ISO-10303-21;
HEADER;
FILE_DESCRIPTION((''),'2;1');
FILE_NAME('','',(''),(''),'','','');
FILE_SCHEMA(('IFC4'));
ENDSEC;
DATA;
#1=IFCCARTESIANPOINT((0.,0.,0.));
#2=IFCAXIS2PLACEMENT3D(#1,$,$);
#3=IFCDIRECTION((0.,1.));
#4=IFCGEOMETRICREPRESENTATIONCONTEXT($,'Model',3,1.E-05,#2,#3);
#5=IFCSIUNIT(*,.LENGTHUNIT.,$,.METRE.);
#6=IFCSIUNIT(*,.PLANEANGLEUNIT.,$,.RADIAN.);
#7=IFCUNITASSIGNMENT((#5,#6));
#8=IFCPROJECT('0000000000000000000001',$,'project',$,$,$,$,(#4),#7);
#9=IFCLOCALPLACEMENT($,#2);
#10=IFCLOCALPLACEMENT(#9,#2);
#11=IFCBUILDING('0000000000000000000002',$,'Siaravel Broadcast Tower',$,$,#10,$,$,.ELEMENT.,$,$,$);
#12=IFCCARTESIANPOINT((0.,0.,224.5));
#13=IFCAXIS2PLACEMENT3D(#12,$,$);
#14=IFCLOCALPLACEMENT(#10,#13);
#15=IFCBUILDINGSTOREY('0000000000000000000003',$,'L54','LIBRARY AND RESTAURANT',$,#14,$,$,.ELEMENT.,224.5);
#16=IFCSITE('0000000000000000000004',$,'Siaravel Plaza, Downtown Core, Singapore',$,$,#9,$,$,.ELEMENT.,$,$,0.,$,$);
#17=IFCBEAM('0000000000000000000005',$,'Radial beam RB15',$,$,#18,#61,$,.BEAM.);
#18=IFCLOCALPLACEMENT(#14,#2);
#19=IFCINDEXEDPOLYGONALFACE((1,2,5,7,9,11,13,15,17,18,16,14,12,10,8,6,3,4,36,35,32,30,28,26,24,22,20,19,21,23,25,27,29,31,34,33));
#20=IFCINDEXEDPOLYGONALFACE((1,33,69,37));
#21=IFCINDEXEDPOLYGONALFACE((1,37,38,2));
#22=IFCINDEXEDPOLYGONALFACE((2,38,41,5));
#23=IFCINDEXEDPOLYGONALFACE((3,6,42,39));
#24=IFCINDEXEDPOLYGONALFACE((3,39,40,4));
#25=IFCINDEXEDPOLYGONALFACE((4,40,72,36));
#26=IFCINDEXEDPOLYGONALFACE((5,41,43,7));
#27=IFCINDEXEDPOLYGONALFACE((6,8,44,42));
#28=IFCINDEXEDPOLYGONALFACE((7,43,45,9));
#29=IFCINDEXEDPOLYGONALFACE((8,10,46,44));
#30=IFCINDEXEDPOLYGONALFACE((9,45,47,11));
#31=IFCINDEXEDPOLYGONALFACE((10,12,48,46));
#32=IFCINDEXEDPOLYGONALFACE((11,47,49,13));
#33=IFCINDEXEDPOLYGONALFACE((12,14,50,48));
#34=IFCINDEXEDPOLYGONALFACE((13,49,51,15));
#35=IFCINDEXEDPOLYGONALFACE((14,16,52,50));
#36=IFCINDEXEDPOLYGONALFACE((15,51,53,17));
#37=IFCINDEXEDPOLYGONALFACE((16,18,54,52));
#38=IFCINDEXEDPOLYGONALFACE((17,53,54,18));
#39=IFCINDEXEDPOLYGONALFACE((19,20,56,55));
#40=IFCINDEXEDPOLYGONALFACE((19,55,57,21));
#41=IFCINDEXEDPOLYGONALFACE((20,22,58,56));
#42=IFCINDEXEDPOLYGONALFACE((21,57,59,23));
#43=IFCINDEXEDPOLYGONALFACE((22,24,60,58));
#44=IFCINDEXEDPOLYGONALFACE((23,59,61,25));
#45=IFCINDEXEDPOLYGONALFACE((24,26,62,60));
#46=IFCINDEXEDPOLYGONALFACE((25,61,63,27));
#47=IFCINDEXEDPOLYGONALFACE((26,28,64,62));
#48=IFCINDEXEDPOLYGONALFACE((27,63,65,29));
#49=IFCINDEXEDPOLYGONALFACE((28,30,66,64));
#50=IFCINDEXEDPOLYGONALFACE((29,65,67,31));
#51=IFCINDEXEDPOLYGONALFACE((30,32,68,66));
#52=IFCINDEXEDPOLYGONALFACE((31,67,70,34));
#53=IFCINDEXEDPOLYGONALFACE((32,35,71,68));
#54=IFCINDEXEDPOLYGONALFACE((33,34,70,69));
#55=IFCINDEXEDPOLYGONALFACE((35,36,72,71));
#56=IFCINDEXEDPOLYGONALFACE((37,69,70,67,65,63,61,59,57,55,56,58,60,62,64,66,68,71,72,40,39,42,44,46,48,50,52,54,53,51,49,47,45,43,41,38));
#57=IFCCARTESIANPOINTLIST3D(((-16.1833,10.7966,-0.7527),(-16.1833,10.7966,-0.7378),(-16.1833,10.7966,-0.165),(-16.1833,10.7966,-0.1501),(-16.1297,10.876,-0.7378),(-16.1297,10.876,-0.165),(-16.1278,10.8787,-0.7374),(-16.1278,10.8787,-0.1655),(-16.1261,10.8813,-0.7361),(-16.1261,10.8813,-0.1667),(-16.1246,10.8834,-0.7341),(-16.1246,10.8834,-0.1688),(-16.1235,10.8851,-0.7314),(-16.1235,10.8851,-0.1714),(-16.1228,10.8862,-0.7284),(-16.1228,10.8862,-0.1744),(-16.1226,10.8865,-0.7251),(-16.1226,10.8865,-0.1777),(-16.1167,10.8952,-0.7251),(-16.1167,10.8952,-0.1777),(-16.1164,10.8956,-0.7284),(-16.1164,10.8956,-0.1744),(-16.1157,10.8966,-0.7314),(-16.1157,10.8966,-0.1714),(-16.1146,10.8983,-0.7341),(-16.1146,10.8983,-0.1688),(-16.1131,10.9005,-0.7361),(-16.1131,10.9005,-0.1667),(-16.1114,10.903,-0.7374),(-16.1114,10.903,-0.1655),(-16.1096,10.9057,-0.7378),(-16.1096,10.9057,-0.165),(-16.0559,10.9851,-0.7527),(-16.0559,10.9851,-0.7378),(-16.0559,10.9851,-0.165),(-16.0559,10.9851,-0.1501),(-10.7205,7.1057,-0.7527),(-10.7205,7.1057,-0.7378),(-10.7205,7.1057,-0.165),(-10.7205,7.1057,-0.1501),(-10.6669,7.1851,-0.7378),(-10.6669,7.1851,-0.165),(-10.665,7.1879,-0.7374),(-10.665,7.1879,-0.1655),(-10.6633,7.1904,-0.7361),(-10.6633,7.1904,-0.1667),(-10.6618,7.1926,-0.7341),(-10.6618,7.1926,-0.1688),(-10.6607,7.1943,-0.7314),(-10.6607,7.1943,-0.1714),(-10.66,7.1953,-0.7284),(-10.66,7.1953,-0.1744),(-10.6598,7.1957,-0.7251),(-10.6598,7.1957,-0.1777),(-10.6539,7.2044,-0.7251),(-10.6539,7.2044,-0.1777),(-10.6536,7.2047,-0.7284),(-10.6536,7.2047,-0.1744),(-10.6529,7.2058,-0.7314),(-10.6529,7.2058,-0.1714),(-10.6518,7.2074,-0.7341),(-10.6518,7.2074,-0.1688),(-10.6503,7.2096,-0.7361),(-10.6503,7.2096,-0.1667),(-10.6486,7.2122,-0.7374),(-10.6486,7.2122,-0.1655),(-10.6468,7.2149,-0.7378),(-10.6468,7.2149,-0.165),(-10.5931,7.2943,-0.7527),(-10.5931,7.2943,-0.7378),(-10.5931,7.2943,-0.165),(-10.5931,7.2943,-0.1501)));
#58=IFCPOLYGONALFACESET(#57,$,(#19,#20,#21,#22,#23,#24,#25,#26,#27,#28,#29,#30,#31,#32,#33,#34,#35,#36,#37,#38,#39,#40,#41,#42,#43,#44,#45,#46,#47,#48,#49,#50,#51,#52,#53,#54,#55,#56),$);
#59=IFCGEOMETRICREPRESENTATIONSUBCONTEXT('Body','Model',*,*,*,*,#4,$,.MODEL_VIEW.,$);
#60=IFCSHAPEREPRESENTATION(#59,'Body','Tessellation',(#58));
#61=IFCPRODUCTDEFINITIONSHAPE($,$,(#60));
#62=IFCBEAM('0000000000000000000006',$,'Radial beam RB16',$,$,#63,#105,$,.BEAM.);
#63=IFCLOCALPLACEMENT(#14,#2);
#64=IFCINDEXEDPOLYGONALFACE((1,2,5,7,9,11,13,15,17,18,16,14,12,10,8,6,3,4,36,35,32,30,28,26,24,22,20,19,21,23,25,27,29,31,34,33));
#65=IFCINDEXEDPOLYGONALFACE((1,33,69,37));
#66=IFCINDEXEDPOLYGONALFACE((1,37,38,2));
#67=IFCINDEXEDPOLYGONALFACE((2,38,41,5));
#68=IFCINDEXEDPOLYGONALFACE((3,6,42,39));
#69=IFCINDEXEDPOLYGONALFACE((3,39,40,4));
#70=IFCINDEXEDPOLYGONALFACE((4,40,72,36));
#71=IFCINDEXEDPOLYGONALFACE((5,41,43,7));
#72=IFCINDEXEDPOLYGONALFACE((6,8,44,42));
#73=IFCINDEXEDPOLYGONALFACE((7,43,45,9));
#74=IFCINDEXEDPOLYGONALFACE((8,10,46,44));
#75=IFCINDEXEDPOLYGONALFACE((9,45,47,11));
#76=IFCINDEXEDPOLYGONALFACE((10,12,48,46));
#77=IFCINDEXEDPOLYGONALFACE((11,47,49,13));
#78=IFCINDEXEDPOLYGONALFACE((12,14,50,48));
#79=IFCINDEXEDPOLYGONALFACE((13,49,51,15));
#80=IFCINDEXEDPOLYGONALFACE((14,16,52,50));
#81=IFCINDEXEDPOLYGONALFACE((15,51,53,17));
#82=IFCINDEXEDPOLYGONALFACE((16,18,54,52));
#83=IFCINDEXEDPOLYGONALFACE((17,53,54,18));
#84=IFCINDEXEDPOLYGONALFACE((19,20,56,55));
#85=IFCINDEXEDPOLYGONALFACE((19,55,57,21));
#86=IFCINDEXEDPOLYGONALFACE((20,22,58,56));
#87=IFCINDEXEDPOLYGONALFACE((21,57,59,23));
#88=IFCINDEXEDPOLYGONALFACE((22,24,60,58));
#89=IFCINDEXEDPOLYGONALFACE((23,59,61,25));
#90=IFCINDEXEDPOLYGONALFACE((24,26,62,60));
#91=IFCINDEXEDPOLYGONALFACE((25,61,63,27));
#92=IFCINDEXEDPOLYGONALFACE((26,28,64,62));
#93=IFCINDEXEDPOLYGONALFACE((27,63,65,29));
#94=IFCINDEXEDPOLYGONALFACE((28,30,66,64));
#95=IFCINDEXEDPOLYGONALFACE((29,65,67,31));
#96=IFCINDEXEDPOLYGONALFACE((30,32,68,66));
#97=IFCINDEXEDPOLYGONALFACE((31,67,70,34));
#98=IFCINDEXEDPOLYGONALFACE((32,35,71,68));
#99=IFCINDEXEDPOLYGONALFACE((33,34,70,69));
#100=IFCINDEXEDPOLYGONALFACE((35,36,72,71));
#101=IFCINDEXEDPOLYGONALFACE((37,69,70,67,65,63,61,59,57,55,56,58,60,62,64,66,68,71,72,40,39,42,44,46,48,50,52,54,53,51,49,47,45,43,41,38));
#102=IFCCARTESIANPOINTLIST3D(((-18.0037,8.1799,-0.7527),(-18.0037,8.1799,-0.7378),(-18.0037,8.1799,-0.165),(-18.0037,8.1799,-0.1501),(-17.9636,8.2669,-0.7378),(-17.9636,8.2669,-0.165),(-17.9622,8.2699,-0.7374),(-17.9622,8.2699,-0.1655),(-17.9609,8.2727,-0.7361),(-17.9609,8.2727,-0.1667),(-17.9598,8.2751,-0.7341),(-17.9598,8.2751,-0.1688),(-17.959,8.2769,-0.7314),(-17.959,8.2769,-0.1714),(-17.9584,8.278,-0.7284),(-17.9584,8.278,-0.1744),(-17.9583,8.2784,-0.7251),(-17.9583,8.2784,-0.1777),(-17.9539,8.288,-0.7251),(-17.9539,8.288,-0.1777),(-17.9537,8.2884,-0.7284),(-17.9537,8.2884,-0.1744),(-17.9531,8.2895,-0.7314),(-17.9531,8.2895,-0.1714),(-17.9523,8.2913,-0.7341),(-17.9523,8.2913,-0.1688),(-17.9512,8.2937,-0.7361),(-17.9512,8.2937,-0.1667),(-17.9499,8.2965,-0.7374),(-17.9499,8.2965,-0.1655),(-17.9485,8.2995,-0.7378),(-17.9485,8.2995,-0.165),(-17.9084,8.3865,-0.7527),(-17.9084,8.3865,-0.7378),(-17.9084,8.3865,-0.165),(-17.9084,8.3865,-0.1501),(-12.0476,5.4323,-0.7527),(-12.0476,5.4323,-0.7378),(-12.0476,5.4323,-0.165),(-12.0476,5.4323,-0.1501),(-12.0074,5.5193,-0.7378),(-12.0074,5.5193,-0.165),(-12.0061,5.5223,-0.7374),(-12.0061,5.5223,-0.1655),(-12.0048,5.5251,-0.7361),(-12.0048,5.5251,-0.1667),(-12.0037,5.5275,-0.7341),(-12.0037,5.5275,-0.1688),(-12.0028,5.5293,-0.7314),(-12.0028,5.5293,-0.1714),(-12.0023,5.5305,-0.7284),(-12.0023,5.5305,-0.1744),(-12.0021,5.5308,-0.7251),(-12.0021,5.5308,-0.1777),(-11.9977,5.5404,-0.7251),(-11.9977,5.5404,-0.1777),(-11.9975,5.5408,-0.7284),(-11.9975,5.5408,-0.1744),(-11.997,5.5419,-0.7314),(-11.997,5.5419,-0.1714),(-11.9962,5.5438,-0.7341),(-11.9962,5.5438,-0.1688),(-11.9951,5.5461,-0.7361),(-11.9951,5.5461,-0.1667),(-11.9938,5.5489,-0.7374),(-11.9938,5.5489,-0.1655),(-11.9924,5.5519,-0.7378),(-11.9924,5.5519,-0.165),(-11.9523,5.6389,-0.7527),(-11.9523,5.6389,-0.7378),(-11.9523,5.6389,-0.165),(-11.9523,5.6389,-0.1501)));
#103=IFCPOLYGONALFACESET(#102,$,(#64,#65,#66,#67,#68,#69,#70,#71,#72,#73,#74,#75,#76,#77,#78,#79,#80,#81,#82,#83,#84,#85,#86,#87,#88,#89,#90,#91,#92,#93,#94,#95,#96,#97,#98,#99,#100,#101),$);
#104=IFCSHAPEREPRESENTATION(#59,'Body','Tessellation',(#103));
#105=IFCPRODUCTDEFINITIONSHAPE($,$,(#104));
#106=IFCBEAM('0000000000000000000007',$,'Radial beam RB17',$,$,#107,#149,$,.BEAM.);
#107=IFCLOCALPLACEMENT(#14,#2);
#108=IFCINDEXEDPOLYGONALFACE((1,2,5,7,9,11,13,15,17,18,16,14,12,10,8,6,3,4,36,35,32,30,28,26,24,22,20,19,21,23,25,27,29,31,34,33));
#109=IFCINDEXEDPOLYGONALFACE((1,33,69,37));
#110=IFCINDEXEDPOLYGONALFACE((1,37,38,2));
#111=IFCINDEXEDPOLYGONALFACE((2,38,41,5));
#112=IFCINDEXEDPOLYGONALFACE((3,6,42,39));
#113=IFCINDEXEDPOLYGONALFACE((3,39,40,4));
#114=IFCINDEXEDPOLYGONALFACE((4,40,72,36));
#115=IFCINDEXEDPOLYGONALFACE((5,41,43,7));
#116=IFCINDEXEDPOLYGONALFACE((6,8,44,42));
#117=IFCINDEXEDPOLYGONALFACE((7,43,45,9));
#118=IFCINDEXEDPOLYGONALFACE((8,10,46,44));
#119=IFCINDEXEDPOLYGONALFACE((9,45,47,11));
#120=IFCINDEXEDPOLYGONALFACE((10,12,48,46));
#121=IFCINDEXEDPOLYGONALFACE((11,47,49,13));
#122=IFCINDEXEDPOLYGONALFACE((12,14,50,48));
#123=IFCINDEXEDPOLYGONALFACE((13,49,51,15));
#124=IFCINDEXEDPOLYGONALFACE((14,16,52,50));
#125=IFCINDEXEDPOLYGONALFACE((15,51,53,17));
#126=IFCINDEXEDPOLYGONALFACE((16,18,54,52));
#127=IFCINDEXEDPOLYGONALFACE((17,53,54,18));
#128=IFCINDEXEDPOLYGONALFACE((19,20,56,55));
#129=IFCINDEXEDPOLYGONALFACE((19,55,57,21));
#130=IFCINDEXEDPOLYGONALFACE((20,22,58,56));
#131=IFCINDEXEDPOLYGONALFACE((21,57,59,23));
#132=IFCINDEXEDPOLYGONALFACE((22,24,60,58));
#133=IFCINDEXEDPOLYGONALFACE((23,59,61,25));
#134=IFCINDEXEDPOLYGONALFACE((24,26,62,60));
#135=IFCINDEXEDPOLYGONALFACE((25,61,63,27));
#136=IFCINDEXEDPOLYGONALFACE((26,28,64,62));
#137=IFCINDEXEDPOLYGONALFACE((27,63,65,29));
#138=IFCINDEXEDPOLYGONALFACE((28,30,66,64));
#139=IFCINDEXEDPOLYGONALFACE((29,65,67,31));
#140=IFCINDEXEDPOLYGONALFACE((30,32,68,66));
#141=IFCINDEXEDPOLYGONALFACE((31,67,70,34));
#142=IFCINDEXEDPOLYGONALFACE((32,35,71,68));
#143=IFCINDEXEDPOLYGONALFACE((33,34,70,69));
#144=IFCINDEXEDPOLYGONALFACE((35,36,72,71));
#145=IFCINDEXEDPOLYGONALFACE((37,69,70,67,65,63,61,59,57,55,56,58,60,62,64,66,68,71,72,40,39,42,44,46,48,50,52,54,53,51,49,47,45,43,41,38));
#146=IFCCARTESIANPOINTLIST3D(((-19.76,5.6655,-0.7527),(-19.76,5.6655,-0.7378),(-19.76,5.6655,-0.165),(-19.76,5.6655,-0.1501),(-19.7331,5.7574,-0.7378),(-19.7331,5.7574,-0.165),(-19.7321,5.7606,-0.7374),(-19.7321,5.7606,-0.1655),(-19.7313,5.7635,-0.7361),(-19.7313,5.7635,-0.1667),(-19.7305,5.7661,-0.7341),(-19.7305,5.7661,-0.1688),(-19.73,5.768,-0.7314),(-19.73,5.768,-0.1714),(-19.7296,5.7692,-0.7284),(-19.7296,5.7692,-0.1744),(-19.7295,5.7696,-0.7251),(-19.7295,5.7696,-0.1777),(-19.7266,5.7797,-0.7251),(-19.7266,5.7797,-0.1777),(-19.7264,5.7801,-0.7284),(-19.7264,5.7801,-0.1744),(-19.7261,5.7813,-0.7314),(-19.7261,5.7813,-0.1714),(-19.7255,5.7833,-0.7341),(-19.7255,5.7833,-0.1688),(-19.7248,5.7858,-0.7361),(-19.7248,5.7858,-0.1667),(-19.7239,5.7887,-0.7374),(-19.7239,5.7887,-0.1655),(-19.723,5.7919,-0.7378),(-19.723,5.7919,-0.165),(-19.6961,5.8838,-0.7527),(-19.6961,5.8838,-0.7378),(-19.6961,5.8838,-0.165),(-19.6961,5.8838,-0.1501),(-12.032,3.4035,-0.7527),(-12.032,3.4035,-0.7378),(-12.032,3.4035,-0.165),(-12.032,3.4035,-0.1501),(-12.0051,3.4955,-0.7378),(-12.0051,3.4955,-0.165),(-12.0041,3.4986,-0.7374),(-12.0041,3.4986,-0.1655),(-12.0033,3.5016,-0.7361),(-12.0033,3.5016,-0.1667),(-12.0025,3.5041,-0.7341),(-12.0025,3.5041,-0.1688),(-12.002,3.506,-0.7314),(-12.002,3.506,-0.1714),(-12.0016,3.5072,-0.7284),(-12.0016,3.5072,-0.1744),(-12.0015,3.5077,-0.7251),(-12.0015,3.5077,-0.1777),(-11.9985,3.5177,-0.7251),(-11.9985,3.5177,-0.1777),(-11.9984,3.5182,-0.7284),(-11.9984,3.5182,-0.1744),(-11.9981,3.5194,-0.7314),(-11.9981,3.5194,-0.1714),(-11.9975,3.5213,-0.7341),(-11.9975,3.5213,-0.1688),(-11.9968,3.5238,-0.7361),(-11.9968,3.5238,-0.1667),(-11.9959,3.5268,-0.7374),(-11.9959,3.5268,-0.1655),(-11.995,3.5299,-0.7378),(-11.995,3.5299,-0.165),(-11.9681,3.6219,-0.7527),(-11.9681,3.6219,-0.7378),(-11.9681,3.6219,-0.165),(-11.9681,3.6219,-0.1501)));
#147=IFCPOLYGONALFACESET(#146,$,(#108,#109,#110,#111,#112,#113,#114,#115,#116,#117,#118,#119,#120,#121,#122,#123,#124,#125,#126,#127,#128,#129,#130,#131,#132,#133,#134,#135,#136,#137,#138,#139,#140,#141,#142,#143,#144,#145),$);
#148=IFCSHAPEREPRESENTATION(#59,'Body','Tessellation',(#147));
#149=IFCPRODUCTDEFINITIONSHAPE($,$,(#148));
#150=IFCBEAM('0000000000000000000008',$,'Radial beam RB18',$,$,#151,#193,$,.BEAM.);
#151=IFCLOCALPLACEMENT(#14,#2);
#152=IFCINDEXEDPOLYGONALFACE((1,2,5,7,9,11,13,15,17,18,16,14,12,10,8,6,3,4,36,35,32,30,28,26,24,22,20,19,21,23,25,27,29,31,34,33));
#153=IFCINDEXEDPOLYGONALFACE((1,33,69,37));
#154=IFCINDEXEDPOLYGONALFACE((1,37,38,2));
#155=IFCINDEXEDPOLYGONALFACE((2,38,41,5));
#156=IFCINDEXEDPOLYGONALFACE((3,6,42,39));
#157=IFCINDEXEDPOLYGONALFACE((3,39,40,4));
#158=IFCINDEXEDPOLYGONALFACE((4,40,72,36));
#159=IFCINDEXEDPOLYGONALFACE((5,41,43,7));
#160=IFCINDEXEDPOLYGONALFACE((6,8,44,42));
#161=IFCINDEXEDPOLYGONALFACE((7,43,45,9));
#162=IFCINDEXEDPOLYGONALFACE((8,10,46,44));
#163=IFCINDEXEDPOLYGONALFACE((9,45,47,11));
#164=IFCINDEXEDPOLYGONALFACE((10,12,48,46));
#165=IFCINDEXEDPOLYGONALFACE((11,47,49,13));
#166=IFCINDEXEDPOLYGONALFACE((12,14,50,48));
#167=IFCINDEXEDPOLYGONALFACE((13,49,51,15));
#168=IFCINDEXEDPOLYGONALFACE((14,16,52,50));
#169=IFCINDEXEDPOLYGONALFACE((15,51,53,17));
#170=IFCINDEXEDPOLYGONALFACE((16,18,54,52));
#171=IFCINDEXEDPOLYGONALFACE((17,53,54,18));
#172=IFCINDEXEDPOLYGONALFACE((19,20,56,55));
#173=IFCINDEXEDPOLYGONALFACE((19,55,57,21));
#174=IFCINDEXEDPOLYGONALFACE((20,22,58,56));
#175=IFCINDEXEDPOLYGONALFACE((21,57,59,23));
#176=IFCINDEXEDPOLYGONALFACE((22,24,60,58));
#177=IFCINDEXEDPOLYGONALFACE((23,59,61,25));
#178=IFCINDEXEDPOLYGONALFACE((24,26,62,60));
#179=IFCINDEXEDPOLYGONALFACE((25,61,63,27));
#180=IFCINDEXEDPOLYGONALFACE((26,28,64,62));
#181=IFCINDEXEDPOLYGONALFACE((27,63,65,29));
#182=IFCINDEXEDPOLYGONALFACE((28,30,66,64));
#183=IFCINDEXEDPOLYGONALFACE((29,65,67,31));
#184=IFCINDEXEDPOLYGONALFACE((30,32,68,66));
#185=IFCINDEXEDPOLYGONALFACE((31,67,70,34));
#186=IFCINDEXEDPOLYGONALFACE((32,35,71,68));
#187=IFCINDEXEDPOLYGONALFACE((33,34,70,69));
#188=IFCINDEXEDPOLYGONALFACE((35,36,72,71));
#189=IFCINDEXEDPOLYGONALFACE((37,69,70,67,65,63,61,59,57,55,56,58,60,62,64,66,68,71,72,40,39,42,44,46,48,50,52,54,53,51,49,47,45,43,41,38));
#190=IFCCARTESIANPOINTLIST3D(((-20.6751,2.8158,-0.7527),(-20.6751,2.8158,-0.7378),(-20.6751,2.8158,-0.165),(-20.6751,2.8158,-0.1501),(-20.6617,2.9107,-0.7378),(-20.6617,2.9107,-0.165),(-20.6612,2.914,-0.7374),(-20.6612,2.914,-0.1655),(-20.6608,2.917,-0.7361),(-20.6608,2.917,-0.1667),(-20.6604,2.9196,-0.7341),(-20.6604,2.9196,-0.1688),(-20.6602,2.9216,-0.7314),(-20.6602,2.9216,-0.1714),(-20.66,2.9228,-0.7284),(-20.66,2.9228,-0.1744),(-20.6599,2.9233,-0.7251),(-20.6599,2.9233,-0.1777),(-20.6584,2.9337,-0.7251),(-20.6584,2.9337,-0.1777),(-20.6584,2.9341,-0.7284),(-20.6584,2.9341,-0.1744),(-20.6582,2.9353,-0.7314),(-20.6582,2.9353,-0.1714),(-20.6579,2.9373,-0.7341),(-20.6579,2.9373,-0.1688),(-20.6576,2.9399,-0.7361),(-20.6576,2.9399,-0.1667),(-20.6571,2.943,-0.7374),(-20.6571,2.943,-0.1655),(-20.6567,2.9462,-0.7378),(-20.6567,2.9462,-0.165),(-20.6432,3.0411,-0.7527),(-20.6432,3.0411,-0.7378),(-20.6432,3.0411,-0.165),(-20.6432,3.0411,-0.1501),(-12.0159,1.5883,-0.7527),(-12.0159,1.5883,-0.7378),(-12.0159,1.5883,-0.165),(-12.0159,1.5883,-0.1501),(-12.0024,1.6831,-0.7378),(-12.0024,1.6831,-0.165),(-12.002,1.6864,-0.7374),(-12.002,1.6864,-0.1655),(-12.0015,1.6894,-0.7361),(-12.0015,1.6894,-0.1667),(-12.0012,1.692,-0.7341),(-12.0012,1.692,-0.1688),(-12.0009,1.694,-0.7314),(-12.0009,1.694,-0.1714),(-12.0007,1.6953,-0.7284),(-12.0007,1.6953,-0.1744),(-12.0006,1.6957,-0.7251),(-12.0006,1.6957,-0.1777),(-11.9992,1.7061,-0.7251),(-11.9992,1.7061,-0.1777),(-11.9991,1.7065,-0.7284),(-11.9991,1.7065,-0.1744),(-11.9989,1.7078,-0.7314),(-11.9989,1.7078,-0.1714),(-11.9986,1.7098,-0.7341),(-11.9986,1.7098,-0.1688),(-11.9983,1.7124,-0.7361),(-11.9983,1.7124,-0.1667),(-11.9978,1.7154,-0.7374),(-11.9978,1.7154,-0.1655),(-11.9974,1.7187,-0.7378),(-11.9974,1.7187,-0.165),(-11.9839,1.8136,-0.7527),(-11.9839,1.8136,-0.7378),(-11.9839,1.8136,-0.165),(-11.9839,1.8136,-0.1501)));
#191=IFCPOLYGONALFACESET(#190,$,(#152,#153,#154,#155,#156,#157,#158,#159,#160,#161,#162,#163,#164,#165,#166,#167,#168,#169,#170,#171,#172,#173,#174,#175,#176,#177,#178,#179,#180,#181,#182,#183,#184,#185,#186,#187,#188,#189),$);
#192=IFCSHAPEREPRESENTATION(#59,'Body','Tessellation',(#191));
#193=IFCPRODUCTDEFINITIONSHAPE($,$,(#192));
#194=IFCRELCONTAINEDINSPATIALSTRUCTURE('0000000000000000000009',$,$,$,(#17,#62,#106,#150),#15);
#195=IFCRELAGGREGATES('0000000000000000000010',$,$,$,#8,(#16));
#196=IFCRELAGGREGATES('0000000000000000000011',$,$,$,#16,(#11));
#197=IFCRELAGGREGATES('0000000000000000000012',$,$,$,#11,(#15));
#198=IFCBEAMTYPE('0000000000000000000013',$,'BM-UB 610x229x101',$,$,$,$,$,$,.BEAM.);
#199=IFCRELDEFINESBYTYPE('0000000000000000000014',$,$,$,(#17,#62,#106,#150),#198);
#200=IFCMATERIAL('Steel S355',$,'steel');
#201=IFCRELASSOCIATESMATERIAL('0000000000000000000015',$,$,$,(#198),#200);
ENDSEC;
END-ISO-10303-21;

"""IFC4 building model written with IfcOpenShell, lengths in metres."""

from ifc_helpers import new_model, si_unit, direction, frame, origin, origin_2d, place, context, subcontext, project, spatial, i_section, extrude, material, material_profile, profile_set, type_object, element, save


model = new_model("IFC4")

# Units and contexts
model_context = context("Model", 3, precision=1e-05, world=origin(), true_north=direction((0.0, 1.0)))
body_context = subcontext(model_context, "Body", "Model", "MODEL_VIEW")
ifc_project = project(units=[si_unit("LENGTHUNIT", "METRE"), si_unit("PLANEANGLEUNIT", "RADIAN")], contexts=[model_context])

# Site, building, storey
site_placement = place(None, origin())
site = spatial("IfcSite", under=ifc_project, at=site_placement, Name="Siaravel Plaza, Downtown Core, Singapore", CompositionType="ELEMENT", RefElevation=0.0)
building_placement = place(site_placement, origin())
building = spatial("IfcBuilding", under=site, at=building_placement, Name="Siaravel Broadcast Tower", CompositionType="ELEMENT")
storey_placement = place(building_placement, frame((0.0, 0.0, 224.5)))
storey = spatial("IfcBuildingStorey", under=building, at=storey_placement, Name="L54", Description="LIBRARY AND RESTAURANT", CompositionType="ELEMENT", Elevation=224.5)

# Beams
ifc_material_1 = material(Name="Steel S355", Category="steel")
ifc_material_profile_1 = material_profile(ifc_material_1, i_section(OverallWidth=0.2275, OverallDepth=0.6025, WebThickness=0.0105, FlangeThickness=0.0149, FilletRadius=0.0127, at=origin_2d()))
ifc_profile_set_1 = profile_set([ifc_material_profile_1], Name="Steel S355")
beam_type = type_object("IfcBeamType", Name="BM-UB 610x229x101", PredefinedType="BEAM", material=ifc_profile_set_1)
beam_1_placement = place(storey_placement, frame((-16.1196, 10.8909, -0.4514), z_axis=(0.828605, -0.559834, 0.0), x_axis=(0.559834, 0.828605, 0.0)))
element("IfcBeam", 1, at=beam_1_placement, inside=storey, type_object=beam_type, Name="Radial beam RB15", PredefinedType="BEAM", context=body_context, shape_type="SweptSolid", body=[
    extrude(i_section(OverallWidth=0.2275, OverallDepth=0.6025, WebThickness=0.0105, FlangeThickness=0.0149, FilletRadius=0.0127, at=origin_2d()), origin(), (0.0, 0.0, 1.0), 6.5928),
])
beam_2_placement = place(storey_placement, frame((-17.9561, 8.2832, -0.4514), z_axis=(0.90804, -0.418884, 0.0), x_axis=(0.418884, 0.90804, 0.0)))
element("IfcBeam", 2, at=beam_2_placement, inside=storey, type_object=beam_type, Name="Radial beam RB16", PredefinedType="BEAM", context=body_context, shape_type="SweptSolid", body=[
    extrude(i_section(OverallWidth=0.2275, OverallDepth=0.6025, WebThickness=0.0105, FlangeThickness=0.0149, FilletRadius=0.0127, at=origin_2d()), origin(), (0.0, 0.0, 1.0), 6.5593),
])
beam_3_placement = place(storey_placement, frame((-19.728, 5.7747, -0.4514), z_axis=(0.959734, -0.28091, 0.0), x_axis=(0.28091, 0.959734, 0.0)))
element("IfcBeam", 3, at=beam_3_placement, inside=storey, type_object=beam_type, Name="Radial beam RB17", PredefinedType="BEAM", context=body_context, shape_type="SweptSolid", body=[
    extrude(i_section(OverallWidth=0.2275, OverallDepth=0.6025, WebThickness=0.0105, FlangeThickness=0.0149, FilletRadius=0.0127, at=origin_2d()), origin(), (0.0, 0.0, 1.0), 8.0522),
])
beam_4_placement = place(storey_placement, frame((-20.6592, 2.9285, -0.4514), z_axis=(0.990101, -0.140358, 0.0), x_axis=(0.140358, 0.990101, 0.0)))
element("IfcBeam", 4, at=beam_4_placement, inside=storey, type_object=beam_type, Name="Radial beam RB18", PredefinedType="BEAM", context=body_context, shape_type="SweptSolid", body=[
    extrude(i_section(OverallWidth=0.2275, OverallDepth=0.6025, WebThickness=0.0105, FlangeThickness=0.0149, FilletRadius=0.0127, at=origin_2d()), origin(), (0.0, 0.0, 1.0), 8.7458),
])

save(model, "model.ifc")
